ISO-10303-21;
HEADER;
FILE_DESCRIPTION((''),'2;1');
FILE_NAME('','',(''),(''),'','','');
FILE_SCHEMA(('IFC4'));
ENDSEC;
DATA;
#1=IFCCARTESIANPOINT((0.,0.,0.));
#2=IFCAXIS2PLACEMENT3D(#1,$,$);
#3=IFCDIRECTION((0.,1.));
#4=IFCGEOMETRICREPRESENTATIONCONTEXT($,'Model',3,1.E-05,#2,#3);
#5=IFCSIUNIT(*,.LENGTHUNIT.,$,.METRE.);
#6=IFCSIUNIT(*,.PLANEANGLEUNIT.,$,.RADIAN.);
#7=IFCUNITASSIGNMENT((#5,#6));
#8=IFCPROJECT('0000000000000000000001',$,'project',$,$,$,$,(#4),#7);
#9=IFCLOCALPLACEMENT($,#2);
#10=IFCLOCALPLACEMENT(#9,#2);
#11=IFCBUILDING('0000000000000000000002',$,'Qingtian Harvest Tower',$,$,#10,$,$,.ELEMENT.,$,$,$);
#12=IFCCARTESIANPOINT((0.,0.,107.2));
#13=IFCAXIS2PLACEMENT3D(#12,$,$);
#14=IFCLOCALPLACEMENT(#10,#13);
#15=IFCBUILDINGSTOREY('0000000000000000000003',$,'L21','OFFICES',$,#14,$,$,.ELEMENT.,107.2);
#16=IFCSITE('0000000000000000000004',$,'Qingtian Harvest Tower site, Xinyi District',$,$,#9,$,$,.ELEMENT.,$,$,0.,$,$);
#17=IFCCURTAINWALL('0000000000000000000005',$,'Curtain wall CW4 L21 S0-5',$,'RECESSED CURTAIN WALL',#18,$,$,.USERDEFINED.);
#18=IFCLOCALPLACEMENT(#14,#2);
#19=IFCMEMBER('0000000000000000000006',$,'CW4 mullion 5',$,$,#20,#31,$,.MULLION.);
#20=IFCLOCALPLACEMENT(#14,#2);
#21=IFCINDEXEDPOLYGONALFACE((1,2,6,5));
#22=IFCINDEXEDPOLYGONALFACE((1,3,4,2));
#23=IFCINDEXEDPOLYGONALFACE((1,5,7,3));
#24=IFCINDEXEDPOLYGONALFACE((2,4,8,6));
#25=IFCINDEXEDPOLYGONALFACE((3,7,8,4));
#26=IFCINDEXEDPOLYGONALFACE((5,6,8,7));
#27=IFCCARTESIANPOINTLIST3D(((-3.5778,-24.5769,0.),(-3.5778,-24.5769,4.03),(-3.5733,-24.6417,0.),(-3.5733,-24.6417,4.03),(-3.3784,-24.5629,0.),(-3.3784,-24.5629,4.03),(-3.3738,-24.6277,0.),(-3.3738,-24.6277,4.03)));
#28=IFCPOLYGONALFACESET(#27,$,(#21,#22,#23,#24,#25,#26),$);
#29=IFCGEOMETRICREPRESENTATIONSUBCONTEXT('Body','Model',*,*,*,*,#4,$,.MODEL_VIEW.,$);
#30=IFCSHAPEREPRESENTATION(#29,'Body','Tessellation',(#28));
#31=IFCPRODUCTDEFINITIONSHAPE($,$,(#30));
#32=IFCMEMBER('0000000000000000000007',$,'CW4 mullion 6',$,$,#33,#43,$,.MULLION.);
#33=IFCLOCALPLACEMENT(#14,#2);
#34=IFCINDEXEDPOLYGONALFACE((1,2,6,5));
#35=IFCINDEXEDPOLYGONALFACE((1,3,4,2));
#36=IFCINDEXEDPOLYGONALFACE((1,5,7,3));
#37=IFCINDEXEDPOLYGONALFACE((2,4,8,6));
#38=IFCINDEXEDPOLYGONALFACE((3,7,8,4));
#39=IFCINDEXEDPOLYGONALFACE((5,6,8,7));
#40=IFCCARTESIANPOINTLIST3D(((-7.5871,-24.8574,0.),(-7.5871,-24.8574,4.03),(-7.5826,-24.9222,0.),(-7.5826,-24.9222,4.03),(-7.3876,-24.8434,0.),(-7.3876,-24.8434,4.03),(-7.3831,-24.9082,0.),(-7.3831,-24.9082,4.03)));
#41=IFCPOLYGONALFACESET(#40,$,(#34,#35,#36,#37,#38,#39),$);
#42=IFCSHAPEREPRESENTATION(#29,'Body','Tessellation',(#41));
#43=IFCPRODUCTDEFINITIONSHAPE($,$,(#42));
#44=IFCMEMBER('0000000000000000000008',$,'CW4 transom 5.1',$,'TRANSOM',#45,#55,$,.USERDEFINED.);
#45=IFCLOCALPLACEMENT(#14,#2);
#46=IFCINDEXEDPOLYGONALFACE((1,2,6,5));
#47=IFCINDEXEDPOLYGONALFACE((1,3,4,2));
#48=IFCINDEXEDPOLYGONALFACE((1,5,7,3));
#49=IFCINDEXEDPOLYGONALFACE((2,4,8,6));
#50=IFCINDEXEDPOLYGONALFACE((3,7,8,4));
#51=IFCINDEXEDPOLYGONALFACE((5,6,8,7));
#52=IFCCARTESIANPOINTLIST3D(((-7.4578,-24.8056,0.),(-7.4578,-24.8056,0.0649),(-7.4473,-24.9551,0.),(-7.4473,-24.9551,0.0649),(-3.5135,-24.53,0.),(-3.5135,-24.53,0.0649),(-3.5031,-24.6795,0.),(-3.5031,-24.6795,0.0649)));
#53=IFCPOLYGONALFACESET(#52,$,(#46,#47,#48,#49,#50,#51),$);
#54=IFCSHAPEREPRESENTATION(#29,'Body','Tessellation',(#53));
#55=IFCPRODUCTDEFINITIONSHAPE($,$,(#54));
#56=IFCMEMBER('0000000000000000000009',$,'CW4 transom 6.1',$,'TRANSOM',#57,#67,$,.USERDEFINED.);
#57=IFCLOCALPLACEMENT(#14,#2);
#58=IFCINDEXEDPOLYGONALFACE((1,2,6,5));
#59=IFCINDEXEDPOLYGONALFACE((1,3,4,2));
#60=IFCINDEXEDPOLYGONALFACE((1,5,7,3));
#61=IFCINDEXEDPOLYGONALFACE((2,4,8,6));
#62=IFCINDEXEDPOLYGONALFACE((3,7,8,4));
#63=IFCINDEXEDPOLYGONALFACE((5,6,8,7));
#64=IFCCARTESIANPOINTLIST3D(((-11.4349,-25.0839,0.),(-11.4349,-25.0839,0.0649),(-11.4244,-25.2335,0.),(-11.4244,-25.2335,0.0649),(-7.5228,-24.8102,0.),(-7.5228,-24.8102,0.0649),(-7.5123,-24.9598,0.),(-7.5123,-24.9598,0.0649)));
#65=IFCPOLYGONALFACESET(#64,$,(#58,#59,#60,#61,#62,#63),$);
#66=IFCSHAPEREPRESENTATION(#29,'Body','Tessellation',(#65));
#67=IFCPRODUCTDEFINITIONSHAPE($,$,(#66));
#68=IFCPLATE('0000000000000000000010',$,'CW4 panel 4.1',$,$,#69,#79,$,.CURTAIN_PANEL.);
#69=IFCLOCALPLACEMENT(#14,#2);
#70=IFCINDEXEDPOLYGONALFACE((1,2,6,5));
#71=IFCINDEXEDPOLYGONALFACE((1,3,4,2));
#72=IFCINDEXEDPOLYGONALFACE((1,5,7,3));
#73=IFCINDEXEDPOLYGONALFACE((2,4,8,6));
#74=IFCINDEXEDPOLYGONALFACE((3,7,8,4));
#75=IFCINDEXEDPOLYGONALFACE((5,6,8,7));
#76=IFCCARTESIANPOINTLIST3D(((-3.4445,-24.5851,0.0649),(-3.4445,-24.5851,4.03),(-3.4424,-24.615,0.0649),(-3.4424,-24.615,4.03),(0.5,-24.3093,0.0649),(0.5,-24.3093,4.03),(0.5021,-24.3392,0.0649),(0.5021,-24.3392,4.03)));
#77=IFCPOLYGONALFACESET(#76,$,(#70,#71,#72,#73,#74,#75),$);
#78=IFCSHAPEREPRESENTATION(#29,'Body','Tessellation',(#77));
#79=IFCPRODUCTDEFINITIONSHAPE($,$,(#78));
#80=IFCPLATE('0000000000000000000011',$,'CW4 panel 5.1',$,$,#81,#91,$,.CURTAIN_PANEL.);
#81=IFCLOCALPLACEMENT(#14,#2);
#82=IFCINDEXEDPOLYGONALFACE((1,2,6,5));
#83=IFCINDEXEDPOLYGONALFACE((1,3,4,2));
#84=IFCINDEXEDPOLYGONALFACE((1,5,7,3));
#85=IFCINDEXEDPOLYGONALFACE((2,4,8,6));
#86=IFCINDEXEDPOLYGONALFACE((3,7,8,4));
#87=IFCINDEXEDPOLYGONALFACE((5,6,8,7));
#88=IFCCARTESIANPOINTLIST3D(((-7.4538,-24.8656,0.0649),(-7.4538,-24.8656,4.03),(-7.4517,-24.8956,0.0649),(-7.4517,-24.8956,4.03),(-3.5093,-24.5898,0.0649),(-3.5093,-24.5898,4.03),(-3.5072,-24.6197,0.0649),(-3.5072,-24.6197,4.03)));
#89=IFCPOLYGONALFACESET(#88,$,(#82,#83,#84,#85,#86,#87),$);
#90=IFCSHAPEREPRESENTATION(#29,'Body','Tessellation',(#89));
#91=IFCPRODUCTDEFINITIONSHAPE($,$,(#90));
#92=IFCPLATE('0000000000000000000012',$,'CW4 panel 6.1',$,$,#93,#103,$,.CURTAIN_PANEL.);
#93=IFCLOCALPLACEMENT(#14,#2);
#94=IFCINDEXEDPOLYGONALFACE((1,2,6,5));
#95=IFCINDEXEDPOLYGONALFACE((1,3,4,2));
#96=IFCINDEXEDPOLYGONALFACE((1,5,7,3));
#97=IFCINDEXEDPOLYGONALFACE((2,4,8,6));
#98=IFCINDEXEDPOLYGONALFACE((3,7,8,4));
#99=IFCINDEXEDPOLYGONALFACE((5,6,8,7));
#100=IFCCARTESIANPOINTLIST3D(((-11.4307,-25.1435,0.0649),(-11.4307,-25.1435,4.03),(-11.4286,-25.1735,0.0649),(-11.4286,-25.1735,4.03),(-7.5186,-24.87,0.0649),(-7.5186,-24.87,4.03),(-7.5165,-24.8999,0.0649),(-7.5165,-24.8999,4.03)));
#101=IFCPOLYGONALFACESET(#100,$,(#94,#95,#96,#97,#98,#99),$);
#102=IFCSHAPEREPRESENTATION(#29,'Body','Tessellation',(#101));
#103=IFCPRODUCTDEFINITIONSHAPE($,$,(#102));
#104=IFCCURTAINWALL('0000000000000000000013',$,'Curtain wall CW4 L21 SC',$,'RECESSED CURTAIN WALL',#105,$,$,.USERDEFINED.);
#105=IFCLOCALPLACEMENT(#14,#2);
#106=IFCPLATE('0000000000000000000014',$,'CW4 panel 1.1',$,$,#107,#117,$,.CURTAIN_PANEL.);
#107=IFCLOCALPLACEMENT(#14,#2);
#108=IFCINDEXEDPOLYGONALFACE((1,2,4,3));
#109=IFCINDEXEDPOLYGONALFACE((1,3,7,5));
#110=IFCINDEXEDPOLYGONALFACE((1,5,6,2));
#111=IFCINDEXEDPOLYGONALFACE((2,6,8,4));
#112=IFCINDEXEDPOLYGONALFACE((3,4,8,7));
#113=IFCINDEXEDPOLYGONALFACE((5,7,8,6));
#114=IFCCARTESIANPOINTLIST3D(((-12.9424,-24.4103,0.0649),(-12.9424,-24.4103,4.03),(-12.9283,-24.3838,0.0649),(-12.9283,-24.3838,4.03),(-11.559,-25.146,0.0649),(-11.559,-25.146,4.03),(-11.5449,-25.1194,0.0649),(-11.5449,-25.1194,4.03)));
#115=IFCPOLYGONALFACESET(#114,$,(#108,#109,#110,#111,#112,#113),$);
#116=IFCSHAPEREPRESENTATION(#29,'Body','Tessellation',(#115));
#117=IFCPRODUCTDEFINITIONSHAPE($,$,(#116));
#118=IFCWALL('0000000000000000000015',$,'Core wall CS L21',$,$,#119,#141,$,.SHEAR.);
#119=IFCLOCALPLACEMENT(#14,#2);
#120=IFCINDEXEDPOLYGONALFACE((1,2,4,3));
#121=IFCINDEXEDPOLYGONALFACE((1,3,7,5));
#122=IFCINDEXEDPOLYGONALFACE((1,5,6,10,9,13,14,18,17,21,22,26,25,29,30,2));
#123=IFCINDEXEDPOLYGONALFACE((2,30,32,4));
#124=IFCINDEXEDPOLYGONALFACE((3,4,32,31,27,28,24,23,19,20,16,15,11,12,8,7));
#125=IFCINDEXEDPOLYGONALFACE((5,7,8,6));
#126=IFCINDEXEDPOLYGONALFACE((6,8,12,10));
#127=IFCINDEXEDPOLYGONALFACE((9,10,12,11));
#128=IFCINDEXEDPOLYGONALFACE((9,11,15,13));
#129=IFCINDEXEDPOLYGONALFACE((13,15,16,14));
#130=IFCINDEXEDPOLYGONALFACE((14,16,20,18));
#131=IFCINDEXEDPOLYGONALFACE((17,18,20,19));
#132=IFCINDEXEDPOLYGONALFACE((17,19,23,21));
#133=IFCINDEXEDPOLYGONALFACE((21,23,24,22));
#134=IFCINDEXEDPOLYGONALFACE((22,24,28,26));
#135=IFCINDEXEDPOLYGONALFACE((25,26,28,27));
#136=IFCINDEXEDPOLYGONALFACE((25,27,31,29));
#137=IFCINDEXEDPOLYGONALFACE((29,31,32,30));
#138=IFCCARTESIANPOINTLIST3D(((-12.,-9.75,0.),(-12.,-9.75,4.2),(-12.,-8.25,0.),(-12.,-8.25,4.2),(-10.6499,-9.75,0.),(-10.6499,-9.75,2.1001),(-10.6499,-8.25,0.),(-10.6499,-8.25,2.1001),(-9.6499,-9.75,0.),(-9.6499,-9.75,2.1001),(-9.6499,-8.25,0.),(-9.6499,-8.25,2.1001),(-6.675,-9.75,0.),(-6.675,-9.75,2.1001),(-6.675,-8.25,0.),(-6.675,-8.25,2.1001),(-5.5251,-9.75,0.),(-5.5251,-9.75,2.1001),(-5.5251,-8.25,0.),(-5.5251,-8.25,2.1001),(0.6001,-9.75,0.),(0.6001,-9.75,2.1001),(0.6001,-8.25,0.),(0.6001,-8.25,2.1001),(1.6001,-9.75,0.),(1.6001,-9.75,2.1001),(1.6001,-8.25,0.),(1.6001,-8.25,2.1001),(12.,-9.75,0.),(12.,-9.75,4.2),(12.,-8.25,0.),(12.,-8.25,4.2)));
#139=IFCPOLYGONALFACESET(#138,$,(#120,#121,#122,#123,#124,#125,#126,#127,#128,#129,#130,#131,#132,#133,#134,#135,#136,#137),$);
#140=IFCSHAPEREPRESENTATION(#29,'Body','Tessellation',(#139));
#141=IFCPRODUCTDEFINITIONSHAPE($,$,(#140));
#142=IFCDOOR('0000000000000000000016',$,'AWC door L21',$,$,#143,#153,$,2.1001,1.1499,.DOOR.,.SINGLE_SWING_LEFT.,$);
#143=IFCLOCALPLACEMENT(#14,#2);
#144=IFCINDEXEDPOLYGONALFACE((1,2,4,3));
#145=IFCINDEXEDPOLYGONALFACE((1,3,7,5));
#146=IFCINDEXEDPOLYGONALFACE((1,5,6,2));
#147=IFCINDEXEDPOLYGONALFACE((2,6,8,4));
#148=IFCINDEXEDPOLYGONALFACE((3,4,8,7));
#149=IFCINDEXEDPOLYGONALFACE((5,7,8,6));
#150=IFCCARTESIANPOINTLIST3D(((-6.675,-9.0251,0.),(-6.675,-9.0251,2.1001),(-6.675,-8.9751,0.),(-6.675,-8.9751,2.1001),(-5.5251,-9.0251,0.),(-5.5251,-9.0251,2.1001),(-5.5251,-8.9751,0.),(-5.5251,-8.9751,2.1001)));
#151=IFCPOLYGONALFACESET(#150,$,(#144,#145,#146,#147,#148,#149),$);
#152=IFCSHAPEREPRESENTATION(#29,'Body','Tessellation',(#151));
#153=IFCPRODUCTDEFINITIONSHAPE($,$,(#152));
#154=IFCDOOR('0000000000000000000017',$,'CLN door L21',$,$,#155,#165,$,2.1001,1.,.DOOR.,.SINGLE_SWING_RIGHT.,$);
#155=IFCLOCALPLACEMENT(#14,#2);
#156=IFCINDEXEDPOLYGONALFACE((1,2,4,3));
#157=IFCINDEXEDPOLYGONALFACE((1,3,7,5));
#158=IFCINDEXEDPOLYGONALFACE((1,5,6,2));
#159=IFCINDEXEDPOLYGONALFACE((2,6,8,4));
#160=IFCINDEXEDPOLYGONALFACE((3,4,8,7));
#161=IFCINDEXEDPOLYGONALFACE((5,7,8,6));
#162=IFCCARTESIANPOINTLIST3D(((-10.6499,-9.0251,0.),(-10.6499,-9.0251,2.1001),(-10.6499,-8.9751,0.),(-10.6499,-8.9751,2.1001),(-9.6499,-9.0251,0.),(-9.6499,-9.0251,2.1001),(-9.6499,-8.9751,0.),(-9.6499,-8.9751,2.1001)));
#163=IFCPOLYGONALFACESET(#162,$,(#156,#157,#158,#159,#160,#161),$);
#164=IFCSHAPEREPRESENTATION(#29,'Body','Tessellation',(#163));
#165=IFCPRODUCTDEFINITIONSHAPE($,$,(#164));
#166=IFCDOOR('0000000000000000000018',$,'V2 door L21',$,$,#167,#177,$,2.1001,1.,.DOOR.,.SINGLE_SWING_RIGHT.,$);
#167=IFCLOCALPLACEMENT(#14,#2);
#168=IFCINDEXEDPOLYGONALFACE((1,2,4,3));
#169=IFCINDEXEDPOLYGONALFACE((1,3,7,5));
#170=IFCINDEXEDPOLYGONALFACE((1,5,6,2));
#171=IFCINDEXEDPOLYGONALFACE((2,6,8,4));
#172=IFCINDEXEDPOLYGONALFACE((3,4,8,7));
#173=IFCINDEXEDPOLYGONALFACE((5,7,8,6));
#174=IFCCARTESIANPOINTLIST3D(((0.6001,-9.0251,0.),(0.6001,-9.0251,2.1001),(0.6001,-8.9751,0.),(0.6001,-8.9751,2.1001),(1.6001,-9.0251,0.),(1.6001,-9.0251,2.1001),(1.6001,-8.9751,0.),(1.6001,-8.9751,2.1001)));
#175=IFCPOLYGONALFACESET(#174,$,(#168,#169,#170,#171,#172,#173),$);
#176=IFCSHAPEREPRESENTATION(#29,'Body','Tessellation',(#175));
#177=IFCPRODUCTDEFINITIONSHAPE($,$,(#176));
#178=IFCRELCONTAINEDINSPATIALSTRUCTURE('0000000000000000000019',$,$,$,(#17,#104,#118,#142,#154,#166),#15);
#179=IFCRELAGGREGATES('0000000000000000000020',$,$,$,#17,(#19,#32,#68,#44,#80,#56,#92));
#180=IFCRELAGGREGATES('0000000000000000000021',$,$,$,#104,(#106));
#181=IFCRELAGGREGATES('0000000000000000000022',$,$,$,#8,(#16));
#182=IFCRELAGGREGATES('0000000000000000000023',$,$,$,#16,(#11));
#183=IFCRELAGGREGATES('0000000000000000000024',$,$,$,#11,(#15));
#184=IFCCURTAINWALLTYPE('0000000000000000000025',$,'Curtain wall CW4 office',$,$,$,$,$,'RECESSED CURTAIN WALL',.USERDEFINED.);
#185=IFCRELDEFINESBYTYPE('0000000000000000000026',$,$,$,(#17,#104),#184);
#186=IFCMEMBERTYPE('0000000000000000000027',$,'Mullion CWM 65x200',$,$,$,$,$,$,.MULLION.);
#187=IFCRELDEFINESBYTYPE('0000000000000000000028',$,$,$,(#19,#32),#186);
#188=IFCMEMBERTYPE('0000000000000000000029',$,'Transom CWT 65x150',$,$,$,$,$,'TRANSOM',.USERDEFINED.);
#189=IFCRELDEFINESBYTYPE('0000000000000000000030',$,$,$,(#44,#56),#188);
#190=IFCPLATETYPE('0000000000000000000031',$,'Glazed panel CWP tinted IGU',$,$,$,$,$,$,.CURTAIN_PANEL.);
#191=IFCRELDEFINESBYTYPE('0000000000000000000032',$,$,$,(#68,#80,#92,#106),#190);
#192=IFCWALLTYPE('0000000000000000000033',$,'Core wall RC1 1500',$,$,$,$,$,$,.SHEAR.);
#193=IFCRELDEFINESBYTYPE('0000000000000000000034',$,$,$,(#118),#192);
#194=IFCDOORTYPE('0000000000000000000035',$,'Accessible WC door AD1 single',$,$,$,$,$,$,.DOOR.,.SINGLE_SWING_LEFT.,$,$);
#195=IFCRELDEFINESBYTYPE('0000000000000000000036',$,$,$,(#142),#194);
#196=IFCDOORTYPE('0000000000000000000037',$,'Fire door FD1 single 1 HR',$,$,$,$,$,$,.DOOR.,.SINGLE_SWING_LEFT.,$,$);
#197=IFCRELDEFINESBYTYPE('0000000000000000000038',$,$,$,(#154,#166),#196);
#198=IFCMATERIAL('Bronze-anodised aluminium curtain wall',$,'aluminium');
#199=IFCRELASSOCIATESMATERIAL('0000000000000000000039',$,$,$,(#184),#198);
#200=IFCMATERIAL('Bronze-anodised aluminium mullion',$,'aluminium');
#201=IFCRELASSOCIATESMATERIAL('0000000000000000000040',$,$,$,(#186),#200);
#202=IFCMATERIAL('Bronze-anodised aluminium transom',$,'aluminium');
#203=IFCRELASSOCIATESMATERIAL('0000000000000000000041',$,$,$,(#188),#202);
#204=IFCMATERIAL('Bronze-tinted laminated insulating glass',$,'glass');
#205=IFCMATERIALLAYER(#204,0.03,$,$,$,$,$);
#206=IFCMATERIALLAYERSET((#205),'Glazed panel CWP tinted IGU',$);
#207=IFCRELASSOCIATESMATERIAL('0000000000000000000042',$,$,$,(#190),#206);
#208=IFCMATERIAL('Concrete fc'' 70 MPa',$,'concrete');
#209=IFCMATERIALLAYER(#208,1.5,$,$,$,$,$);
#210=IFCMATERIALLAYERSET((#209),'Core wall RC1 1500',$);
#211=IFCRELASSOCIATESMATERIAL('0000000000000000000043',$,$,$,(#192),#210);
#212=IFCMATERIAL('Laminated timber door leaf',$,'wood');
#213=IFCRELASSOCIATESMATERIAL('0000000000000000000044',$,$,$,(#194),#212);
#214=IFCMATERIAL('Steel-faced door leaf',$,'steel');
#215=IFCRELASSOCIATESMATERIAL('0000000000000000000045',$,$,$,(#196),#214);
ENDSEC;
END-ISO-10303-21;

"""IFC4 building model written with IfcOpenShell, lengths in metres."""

from ifc_helpers import new_model, si_unit, direction, frame, frame_2d, origin, origin_2d, place, context, subcontext, project, spatial, rectangle, extrude, material, layer, layer_set, material_profile, profile_set, type_object, element, fill, aggregate, save


model = new_model("IFC4")

# Units and contexts
model_context = context("Model", 3, precision=1e-05, world=origin(), true_north=direction((0.0, 1.0)))
body_context = subcontext(model_context, "Body", "Model", "MODEL_VIEW")
ifc_project = project(units=[si_unit("LENGTHUNIT", "METRE"), si_unit("PLANEANGLEUNIT", "RADIAN")], contexts=[model_context])

# Site, building, storey
site_placement = place(None, origin())
site = spatial("IfcSite", under=ifc_project, at=site_placement, Name="Qingtian Harvest Tower site, Xinyi District", CompositionType="ELEMENT", RefElevation=0.0)
building_placement = place(site_placement, origin())
building = spatial("IfcBuilding", under=site, at=building_placement, Name="Qingtian Harvest Tower", CompositionType="ELEMENT")
storey_placement = place(building_placement, frame((0.0, 0.0, 107.2)))
storey = spatial("IfcBuildingStorey", under=building, at=storey_placement, Name="L21", Description="OFFICES", CompositionType="ELEMENT", Elevation=107.2)

# Curtain wall, members, plates
ifc_material_1 = material(Name="Bronze-anodised aluminium curtain wall", Category="aluminium")
curtain_wall_type = type_object("IfcCurtainWallType", Name="Curtain wall CW4 office", ElementType="RECESSED CURTAIN WALL", PredefinedType="USERDEFINED", material=ifc_material_1)
curtain_wall_1_placement = place(storey_placement, origin())
curtain_wall_1 = element("IfcCurtainWall", 1, at=curtain_wall_1_placement, inside=storey, type_object=curtain_wall_type, Name="Curtain wall CW4 L21 S0-5", ObjectType="RECESSED CURTAIN WALL", PredefinedType="USERDEFINED")
ifc_material_2 = material(Name="Bronze-anodised aluminium mullion", Category="aluminium")
ifc_material_profile_1 = material_profile(ifc_material_2, rectangle(XDim=0.0649, YDim=0.2, at=origin_2d()), Name="AL 65x200")
ifc_profile_set_1 = profile_set([ifc_material_profile_1], Name="Bronze-anodised aluminium mullion")
member_type_1 = type_object("IfcMemberType", Name="Mullion CWM 65x200", PredefinedType="MULLION", material=ifc_profile_set_1)
member_1_placement = place(storey_placement, frame((-3.4758, -24.6023, 0.0), z_axis=(0.0, 0.0, 1.0), x_axis=(0.069756, -0.997564, 0.0)))
member_1 = element("IfcMember", 2, at=member_1_placement, type_object=member_type_1, Name="CW4 mullion 5", PredefinedType="MULLION", context=body_context, shape_type="SweptSolid", body=[
    extrude(rectangle(XDim=0.0649, YDim=0.2, at=origin_2d()), origin(), (0.0, 0.0, 1.0), 4.03),
])
member_2_placement = place(storey_placement, frame((-7.4851, -24.8828, 0.0), z_axis=(0.0, 0.0, 1.0), x_axis=(0.069756, -0.997564, 0.0)))
member_2 = element("IfcMember", 3, at=member_2_placement, type_object=member_type_1, Name="CW4 mullion 6", PredefinedType="MULLION", context=body_context, shape_type="SweptSolid", body=[
    extrude(rectangle(XDim=0.0649, YDim=0.2, at=origin_2d()), origin(), (0.0, 0.0, 1.0), 4.03),
])
ifc_material_3 = material(Name="Bronze-anodised aluminium transom", Category="aluminium")
ifc_material_profile_2 = material_profile(ifc_material_3, rectangle(XDim=0.1499, YDim=0.0649, at=origin_2d()), Name="AL 65x150")
ifc_profile_set_2 = profile_set([ifc_material_profile_2], Name="Bronze-anodised aluminium transom")
member_type_2 = type_object("IfcMemberType", Name="Transom CWT 65x150", ElementType="TRANSOM", PredefinedType="USERDEFINED", material=ifc_profile_set_2)
member_3_placement = place(storey_placement, frame((-3.5083, -24.6047, 0.0325), z_axis=(-0.997567, -0.069711, 0.0), x_axis=(0.069711, -0.997567, 0.0)))
member_3 = element("IfcMember", 4, at=member_3_placement, type_object=member_type_2, Name="CW4 transom 5.1", ObjectType="TRANSOM", PredefinedType="USERDEFINED", context=body_context, shape_type="SweptSolid", body=[
    extrude(rectangle(XDim=0.1499, YDim=0.0649, at=origin_2d()), origin(), (0.0, 0.0, 1.0), 3.9539),
])
member_4_placement = place(storey_placement, frame((-7.5176, -24.885, 0.0325), z_axis=(-0.997562, -0.069787, 0.0), x_axis=(0.069787, -0.997562, 0.0)))
member_4 = element("IfcMember", 5, at=member_4_placement, type_object=member_type_2, Name="CW4 transom 6.1", ObjectType="TRANSOM", PredefinedType="USERDEFINED", context=body_context, shape_type="SweptSolid", body=[
    extrude(rectangle(XDim=0.1499, YDim=0.0649, at=origin_2d()), origin(), (0.0, 0.0, 1.0), 3.9216),
])
ifc_material_4 = material(Name="Bronze-tinted laminated insulating glass", Category="glass")
ifc_layer_1 = layer(ifc_material_4, 0.03)
ifc_layer_set_1 = layer_set([ifc_layer_1], Name="Glazed panel CWP tinted IGU")
plate_type = type_object("IfcPlateType", Name="Glazed panel CWP tinted IGU", PredefinedType="CURTAIN_PANEL", material=ifc_layer_set_1)
plate_1_placement = place(storey_placement, frame((-1.4712, -24.4622, 0.0649), z_axis=(0.0, 0.0, 1.0), x_axis=(-0.997564, -0.069756, 0.0)))
plate_1 = element("IfcPlate", 6, at=plate_1_placement, type_object=plate_type, Name="CW4 panel 4.1", PredefinedType="CURTAIN_PANEL", context=body_context, shape_type="SweptSolid", body=[
    extrude(rectangle(XDim=3.9541, YDim=0.03, at=origin_2d()), origin(), (0.0, 0.0, 1.0), 3.9651),
])
plate_2_placement = place(storey_placement, frame((-5.4805, -24.7427, 0.0649), z_axis=(0.0, 0.0, 1.0), x_axis=(-0.997564, -0.069756, 0.0)))
plate_2 = element("IfcPlate", 7, at=plate_2_placement, type_object=plate_type, Name="CW4 panel 5.1", PredefinedType="CURTAIN_PANEL", context=body_context, shape_type="SweptSolid", body=[
    extrude(rectangle(XDim=3.9541, YDim=0.03, at=origin_2d()), origin(), (0.0, 0.0, 1.0), 3.9651),
])
plate_3_placement = place(storey_placement, frame((-9.4736, -25.0217, 0.0649), z_axis=(0.0, 0.0, 1.0), x_axis=(-0.997564, -0.069756, 0.0)))
plate_3 = element("IfcPlate", 8, at=plate_3_placement, type_object=plate_type, Name="CW4 panel 6.1", PredefinedType="CURTAIN_PANEL", context=body_context, shape_type="SweptSolid", body=[
    extrude(rectangle(XDim=3.9216, YDim=0.03, at=origin_2d()), origin(), (0.0, 0.0, 1.0), 3.9651),
])
aggregate(curtain_wall_1, [member_1, member_2, plate_1, member_3, plate_2, member_4, plate_3])

# Curtain wall, plate
curtain_wall_2_placement = place(storey_placement, origin())
curtain_wall_2 = element("IfcCurtainWall", 9, at=curtain_wall_2_placement, inside=storey, type_object=curtain_wall_type, Name="Curtain wall CW4 L21 SC", ObjectType="RECESSED CURTAIN WALL", PredefinedType="USERDEFINED")
plate_4_placement = place(storey_placement, frame((-12.2437, -24.7649, 0.0649), z_axis=(0.0, 0.0, 1.0), x_axis=(-0.882948, 0.469472, 0.0)))
plate_4 = element("IfcPlate", 10, at=plate_4_placement, type_object=plate_type, Name="CW4 panel 1.1", PredefinedType="CURTAIN_PANEL", context=body_context, shape_type="SweptSolid", body=[
    extrude(rectangle(XDim=1.5669, YDim=0.03, at=origin_2d()), origin(), (0.0, 0.0, 1.0), 3.9651),
])
aggregate(curtain_wall_2, [plate_4])

# Wall, openings, doors
ifc_material_5 = material(Name="Concrete fc' 70 MPa", Category="concrete")
ifc_layer_2 = layer(ifc_material_5, 1.5)
ifc_layer_set_2 = layer_set([ifc_layer_2], Name="Core wall RC1 1500")
wall_type_1 = type_object("IfcWallType", Name="Core wall RC1 1500", PredefinedType="SHEAR", material=ifc_layer_set_2)
wall_1_placement = place(storey_placement, frame((-12.0, -9.0, 0.0), z_axis=(0.0, 0.0, 1.0), x_axis=(1.0, 0.0, 0.0)))
wall_1 = element("IfcWall", 11, at=wall_1_placement, inside=storey, type_object=wall_type_1, Name="Core wall CS L21", PredefinedType="SHEAR", context=body_context, shape_type="SweptSolid", body=[
    extrude(rectangle(XDim=24.0, YDim=1.5, at=frame_2d((12.0, 0.0))), origin(), (0.0, 0.0, 1.0), 4.2),
])
opening_1_placement = place(wall_1_placement, frame((1.3501, 0.0, 0.0)))
opening_1 = element("IfcOpeningElement", 12, at=opening_1_placement, cuts=wall_1, PredefinedType="OPENING", context=body_context, shape_type="SweptSolid", body=[
    extrude(rectangle(XDim=1.0, YDim=2.1001, at=frame_2d((0.5, 1.05))), frame((0.0, 0.76, 0.0), z_axis=(0.0, -1.0, 0.0), x_axis=(1.0, 0.0, 0.0)), (0.0, 0.0, 1.0), 1.52),
])
opening_2_placement = place(wall_1_placement, frame((5.325, 0.0, 0.0)))
opening_2 = element("IfcOpeningElement", 13, at=opening_2_placement, cuts=wall_1, PredefinedType="OPENING", context=body_context, shape_type="SweptSolid", body=[
    extrude(rectangle(XDim=1.1499, YDim=2.1001, at=frame_2d((0.575, 1.05))), frame((0.0, 0.76, 0.0), z_axis=(0.0, -1.0, 0.0), x_axis=(1.0, 0.0, 0.0)), (0.0, 0.0, 1.0), 1.52),
])
opening_3_placement = place(wall_1_placement, frame((12.6001, 0.0, 0.0)))
opening_3 = element("IfcOpeningElement", 14, at=opening_3_placement, cuts=wall_1, PredefinedType="OPENING", context=body_context, shape_type="SweptSolid", body=[
    extrude(rectangle(XDim=1.0, YDim=2.1001, at=frame_2d((0.5, 1.05))), frame((0.0, 0.76, 0.0), z_axis=(0.0, -1.0, 0.0), x_axis=(1.0, 0.0, 0.0)), (0.0, 0.0, 1.0), 1.52),
])
ifc_material_6 = material(Name="Laminated timber door leaf", Category="wood")
door_type_1 = type_object("IfcDoorType", Name="Accessible WC door AD1 single", OperationType="SINGLE_SWING_LEFT", PredefinedType="DOOR", material=ifc_material_6)
door_1_placement = place(opening_2_placement, origin())
door_1 = element("IfcDoor", 15, at=door_1_placement, inside=storey, type_object=door_type_1, Name="AWC door L21", OperationType="SINGLE_SWING_LEFT", OverallHeight=2.1001, OverallWidth=1.1499, PredefinedType="DOOR", context=body_context, shape_type="SweptSolid", body=[
    extrude(rectangle(XDim=1.1499, YDim=2.1001, at=frame_2d((0.575, 1.05))), frame((0.0, 0.0249, 0.0), z_axis=(0.0, -1.0, 0.0), x_axis=(1.0, 0.0, 0.0)), (0.0, 0.0, 1.0), 0.05),
])
fill(opening_2, door_1)
ifc_material_7 = material(Name="Steel-faced door leaf", Category="steel")
door_type_2 = type_object("IfcDoorType", Name="Fire door FD1 single 1 HR", OperationType="SINGLE_SWING_LEFT", PredefinedType="DOOR", material=ifc_material_7)
door_2_placement = place(opening_1_placement, origin())
door_2 = element("IfcDoor", 16, at=door_2_placement, inside=storey, type_object=door_type_2, Name="CLN door L21", OperationType="SINGLE_SWING_RIGHT", OverallHeight=2.1001, OverallWidth=1.0, PredefinedType="DOOR", context=body_context, shape_type="SweptSolid", body=[
    extrude(rectangle(XDim=1.0, YDim=2.1001, at=frame_2d((0.5, 1.05))), frame((0.0, 0.0249, 0.0), z_axis=(0.0, -1.0, 0.0), x_axis=(1.0, 0.0, 0.0)), (0.0, 0.0, 1.0), 0.05),
])
fill(opening_1, door_2)
door_3_placement = place(opening_3_placement, origin())
door_3 = element("IfcDoor", 17, at=door_3_placement, inside=storey, type_object=door_type_2, Name="V2 door L21", OperationType="SINGLE_SWING_RIGHT", OverallHeight=2.1001, OverallWidth=1.0, PredefinedType="DOOR", context=body_context, shape_type="SweptSolid", body=[
    extrude(rectangle(XDim=1.0, YDim=2.1001, at=frame_2d((0.5, 1.05))), frame((0.0, 0.0249, 0.0), z_axis=(0.0, -1.0, 0.0), x_axis=(1.0, 0.0, 0.0)), (0.0, 0.0, 1.0), 0.05),
])
fill(opening_3, door_3)

save(model, "model.ifc")
